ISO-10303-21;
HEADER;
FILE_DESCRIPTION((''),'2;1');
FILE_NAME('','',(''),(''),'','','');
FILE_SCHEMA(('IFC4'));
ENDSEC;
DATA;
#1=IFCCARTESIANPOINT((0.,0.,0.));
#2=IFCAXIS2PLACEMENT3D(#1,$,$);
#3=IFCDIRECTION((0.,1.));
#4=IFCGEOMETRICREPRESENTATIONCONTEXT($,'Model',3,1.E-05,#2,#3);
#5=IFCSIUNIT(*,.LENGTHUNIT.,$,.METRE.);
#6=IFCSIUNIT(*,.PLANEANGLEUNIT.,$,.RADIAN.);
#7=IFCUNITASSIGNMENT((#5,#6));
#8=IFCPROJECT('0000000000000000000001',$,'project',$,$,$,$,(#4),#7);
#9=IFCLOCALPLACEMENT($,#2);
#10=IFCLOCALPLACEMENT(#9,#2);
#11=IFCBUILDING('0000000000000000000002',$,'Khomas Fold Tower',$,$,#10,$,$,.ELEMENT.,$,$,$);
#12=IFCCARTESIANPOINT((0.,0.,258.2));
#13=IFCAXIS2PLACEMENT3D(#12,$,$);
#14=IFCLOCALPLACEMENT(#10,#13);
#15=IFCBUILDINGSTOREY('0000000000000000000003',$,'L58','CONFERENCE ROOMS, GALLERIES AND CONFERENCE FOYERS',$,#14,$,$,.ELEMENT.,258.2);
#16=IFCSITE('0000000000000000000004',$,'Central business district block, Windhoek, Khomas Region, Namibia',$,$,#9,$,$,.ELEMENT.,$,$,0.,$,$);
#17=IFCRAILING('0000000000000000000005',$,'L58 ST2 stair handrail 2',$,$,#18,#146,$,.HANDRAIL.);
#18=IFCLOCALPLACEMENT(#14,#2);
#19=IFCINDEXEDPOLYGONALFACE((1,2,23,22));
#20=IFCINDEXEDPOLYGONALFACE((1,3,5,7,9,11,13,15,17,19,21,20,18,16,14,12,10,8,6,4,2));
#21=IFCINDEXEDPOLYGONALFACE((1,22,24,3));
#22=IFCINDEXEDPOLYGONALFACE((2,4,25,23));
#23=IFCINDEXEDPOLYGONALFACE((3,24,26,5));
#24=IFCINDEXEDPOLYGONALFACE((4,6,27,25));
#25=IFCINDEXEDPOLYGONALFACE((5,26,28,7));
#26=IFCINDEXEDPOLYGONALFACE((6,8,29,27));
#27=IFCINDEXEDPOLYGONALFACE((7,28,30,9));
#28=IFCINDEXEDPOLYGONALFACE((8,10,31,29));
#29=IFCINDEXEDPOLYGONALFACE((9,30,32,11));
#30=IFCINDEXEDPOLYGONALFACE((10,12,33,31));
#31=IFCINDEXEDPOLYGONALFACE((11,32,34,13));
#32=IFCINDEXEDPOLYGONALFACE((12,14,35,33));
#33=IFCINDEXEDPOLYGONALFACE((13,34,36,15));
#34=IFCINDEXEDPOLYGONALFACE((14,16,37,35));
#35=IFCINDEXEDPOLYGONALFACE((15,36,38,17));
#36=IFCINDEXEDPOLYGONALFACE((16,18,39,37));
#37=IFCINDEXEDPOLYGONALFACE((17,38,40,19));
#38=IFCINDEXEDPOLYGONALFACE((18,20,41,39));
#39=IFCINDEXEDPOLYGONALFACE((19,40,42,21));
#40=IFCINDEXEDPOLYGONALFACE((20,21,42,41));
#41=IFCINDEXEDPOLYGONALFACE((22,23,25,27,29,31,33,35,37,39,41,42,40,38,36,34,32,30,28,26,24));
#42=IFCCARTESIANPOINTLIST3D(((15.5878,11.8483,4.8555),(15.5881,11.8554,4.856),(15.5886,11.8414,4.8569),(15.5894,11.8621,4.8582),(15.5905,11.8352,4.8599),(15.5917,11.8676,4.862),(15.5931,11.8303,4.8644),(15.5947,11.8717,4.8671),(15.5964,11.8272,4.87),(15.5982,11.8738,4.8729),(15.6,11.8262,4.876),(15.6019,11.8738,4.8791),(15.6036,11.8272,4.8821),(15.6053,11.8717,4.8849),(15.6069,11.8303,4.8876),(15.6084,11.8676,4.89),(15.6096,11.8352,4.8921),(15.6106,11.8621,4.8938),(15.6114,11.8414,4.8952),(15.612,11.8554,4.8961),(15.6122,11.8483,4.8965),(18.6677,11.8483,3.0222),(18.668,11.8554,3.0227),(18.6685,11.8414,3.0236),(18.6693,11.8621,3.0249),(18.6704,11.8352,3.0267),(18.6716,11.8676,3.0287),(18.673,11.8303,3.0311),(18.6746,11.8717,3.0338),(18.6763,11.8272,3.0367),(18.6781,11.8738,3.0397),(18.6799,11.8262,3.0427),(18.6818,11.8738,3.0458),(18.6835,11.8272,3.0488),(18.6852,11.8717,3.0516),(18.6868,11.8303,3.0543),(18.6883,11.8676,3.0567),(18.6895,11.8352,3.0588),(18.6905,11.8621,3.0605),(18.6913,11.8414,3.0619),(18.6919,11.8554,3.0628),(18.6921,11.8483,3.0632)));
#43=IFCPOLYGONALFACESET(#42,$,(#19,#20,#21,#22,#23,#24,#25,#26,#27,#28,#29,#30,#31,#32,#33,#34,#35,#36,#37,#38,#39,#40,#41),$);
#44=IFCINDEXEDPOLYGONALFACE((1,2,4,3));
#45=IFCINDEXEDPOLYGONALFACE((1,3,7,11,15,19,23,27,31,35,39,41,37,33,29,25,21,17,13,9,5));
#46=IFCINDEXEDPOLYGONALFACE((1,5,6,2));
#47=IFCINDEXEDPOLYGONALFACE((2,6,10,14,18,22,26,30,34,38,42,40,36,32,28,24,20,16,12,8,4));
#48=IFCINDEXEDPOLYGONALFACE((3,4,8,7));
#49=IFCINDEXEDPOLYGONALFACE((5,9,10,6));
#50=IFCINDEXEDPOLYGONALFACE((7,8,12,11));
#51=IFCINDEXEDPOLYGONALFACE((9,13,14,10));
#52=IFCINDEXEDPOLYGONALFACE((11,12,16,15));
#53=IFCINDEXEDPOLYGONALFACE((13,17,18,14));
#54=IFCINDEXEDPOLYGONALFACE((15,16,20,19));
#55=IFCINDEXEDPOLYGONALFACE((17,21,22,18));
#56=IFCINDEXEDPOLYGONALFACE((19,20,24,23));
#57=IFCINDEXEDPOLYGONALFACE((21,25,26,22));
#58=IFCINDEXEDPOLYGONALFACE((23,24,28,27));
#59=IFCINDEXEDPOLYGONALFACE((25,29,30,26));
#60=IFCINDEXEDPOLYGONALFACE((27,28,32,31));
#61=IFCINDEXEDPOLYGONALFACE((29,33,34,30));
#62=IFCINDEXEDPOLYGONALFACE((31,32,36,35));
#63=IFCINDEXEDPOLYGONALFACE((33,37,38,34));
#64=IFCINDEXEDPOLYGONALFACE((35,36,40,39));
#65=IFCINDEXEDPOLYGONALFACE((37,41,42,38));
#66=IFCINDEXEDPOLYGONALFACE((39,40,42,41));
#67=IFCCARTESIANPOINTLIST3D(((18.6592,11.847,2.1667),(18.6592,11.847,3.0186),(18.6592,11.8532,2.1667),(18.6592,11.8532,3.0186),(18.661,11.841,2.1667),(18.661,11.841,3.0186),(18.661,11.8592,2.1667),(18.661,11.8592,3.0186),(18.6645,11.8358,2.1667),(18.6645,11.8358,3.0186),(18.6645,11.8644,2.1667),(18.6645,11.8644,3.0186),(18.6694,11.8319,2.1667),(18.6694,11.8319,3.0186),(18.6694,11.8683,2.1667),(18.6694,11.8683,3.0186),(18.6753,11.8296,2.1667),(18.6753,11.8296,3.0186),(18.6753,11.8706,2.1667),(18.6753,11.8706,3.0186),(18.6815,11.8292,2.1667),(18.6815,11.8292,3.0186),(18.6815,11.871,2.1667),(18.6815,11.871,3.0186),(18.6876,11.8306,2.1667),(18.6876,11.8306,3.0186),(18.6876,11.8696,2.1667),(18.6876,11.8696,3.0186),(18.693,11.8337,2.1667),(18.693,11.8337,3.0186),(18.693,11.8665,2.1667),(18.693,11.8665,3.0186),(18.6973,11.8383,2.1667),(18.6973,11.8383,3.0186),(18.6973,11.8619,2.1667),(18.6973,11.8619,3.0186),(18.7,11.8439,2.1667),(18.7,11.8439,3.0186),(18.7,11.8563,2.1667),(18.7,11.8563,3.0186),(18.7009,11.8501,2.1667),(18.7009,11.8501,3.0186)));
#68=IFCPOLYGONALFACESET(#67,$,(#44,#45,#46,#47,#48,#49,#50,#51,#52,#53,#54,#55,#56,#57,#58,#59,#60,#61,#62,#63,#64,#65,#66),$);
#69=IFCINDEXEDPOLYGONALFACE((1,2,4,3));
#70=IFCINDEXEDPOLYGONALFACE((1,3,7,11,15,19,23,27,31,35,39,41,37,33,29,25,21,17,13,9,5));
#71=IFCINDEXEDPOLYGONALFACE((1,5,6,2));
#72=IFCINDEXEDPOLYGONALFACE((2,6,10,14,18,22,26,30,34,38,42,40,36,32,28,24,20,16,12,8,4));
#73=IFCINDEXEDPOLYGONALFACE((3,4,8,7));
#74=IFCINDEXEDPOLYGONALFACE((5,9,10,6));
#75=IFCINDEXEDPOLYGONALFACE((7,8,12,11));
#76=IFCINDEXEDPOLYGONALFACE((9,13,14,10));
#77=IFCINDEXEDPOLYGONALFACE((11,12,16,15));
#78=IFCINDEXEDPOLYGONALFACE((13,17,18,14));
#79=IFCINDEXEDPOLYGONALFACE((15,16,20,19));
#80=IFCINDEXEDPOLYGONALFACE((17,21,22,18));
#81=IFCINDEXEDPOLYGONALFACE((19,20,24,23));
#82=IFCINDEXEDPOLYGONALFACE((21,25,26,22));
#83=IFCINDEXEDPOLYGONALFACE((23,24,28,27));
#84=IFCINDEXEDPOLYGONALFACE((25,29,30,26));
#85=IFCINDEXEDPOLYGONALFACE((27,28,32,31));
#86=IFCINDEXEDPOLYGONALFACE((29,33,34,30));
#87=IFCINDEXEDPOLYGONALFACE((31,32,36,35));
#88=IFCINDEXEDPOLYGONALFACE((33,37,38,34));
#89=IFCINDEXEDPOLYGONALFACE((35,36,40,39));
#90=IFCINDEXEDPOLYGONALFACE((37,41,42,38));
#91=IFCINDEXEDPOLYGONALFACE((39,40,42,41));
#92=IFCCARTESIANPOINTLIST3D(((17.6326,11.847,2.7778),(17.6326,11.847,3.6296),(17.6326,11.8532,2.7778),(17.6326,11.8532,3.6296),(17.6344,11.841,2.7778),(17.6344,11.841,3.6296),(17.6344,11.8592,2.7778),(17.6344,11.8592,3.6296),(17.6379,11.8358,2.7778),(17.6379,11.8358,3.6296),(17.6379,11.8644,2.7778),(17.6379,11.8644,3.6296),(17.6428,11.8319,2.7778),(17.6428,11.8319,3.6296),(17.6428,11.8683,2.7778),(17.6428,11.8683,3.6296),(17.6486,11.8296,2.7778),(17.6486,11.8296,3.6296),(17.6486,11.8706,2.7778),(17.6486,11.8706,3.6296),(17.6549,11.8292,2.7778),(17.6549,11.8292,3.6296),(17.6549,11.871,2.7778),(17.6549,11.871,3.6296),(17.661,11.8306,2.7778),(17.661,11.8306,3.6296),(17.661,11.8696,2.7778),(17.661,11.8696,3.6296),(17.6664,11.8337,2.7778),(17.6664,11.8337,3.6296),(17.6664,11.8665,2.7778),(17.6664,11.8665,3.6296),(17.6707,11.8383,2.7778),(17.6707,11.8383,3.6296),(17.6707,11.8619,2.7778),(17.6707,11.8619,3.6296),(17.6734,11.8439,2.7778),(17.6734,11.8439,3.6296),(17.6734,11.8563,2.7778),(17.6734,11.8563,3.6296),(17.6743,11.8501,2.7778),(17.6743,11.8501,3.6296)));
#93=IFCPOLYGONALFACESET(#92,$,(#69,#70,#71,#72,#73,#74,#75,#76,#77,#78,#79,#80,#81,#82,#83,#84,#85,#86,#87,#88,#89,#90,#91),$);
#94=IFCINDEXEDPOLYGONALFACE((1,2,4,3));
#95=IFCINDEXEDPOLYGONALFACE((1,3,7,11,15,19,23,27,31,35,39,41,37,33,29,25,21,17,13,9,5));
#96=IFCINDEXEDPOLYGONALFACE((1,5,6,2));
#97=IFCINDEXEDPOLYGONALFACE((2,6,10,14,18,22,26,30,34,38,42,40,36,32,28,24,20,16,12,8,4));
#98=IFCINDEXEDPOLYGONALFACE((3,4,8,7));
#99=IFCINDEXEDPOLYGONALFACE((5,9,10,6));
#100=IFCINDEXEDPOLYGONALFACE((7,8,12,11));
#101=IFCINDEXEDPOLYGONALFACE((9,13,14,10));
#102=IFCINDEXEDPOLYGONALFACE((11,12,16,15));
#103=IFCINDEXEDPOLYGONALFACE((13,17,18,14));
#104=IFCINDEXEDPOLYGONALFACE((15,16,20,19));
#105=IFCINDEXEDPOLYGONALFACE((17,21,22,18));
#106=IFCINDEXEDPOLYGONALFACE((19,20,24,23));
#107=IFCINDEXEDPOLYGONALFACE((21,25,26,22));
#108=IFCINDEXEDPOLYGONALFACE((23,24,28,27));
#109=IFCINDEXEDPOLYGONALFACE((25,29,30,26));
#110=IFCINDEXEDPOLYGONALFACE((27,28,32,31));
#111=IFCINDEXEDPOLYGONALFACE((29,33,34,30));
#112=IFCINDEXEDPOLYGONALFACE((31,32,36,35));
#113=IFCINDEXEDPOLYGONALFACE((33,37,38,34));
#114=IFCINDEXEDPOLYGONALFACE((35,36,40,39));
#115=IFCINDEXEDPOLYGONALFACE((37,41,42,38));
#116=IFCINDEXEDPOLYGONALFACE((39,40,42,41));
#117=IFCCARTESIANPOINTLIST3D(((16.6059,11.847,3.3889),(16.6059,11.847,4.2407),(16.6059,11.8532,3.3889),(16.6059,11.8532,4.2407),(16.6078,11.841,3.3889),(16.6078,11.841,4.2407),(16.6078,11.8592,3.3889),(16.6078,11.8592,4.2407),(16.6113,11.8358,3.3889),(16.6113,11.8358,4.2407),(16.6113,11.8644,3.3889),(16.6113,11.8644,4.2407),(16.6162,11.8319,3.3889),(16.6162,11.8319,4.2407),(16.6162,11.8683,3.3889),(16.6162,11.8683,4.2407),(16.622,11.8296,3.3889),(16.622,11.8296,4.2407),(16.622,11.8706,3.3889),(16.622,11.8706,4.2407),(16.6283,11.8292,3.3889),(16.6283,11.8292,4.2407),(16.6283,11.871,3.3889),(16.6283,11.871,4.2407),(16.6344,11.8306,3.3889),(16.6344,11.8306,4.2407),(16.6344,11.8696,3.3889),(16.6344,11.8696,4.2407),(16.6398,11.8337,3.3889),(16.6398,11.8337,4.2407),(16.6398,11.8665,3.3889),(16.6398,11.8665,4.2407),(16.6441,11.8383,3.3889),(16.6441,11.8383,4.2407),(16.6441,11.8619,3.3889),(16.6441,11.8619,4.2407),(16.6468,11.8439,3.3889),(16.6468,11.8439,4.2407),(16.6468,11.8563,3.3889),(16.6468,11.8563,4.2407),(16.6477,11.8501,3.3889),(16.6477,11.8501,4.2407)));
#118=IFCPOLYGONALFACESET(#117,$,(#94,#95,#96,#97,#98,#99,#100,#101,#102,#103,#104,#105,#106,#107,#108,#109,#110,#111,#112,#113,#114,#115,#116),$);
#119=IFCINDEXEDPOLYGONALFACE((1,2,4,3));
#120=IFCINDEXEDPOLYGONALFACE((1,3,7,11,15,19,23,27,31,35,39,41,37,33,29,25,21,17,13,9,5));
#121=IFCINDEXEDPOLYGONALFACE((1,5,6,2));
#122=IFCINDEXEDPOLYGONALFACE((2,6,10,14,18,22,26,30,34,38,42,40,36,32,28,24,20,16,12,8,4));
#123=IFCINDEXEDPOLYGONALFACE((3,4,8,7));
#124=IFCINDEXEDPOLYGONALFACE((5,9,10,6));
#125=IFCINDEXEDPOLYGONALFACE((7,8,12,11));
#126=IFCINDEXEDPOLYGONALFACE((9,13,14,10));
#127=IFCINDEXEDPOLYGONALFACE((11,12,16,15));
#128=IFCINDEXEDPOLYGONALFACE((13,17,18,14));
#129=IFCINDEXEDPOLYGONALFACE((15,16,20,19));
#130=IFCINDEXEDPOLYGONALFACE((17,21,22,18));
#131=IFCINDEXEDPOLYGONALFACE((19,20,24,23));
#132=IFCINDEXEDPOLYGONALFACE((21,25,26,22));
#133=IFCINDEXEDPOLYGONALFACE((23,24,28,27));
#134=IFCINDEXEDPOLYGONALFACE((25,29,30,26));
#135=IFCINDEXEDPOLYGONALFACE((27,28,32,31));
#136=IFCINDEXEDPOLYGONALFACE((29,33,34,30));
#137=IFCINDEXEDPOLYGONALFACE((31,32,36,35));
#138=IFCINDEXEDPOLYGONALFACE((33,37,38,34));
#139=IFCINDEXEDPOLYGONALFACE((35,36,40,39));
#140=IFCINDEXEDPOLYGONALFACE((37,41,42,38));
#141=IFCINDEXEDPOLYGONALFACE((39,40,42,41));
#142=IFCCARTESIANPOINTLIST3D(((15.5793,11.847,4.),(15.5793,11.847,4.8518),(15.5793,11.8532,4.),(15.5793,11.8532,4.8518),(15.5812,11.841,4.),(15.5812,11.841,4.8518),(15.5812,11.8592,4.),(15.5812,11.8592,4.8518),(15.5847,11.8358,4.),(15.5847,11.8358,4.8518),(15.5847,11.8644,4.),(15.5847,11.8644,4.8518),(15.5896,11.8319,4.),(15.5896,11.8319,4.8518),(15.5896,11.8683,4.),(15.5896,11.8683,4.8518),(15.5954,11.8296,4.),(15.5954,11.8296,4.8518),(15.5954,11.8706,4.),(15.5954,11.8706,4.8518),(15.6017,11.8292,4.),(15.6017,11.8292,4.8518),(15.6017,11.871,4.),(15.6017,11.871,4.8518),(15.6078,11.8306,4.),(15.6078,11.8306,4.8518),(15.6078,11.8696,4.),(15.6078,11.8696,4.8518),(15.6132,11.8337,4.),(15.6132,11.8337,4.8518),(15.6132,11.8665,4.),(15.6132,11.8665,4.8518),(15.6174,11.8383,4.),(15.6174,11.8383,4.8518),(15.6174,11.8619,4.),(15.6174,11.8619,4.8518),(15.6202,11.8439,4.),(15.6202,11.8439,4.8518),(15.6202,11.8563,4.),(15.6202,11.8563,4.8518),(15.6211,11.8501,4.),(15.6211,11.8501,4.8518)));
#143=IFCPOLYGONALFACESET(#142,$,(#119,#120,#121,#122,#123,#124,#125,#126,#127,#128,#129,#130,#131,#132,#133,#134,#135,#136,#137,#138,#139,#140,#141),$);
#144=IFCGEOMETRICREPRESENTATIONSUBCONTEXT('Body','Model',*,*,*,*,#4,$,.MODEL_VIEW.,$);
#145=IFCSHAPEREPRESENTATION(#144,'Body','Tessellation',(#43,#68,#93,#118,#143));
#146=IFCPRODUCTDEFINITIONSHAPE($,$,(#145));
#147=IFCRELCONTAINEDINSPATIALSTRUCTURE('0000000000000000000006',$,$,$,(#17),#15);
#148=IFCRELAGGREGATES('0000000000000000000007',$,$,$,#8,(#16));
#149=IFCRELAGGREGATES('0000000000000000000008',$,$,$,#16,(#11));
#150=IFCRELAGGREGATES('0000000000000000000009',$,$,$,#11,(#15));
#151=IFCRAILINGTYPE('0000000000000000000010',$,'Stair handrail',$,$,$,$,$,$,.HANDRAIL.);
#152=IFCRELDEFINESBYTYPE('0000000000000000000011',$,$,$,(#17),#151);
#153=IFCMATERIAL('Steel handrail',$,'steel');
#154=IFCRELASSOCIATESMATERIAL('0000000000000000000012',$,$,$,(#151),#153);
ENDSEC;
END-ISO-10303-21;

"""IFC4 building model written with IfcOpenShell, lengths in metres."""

from ifc_helpers import new_model, si_unit, direction, frame, origin, origin_2d, place, context, subcontext, project, spatial, circle, extrude, source, transform, mapped, material, type_object, element, save


model = new_model("IFC4")

# Units and contexts
model_context = context("Model", 3, precision=1e-05, world=origin(), true_north=direction((0.0, 1.0)))
body_context = subcontext(model_context, "Body", "Model", "MODEL_VIEW")
ifc_project = project(units=[si_unit("LENGTHUNIT", "METRE"), si_unit("PLANEANGLEUNIT", "RADIAN")], contexts=[model_context])

# Site, building, storey
site_placement = place(None, origin())
site = spatial("IfcSite", under=ifc_project, at=site_placement, Name="Central business district block, Windhoek, Khomas Region, Namibia", CompositionType="ELEMENT", RefElevation=0.0)
building_placement = place(site_placement, origin())
building = spatial("IfcBuilding", under=site, at=building_placement, Name="Khomas Fold Tower", CompositionType="ELEMENT")
storey_placement = place(building_placement, frame((0.0, 0.0, 258.2)))
storey = spatial("IfcBuildingStorey", under=building, at=storey_placement, Name="L58", Description="CONFERENCE ROOMS, GALLERIES AND CONFERENCE FOYERS", CompositionType="ELEMENT", Elevation=258.2)

# Railing
ifc_material_1 = material(Name="Steel handrail", Category="steel")
railing_type_1 = type_object("IfcRailingType", Name="Stair handrail", PredefinedType="HANDRAIL", material=ifc_material_1)
shared_shape_1 = source(origin(), body_context, "Body", "SweptSolid", [
    extrude(circle(Radius=0.0239, at=origin_2d()), frame((0.0, 0.0, 0.876), z_axis=(-0.859291, 0.0, 0.511487), x_axis=(0.0, -1.0, 0.0)), (0.0, 0.0, 1.0), 3.5842),
    extrude(circle(Radius=0.021, at=origin_2d()), origin(), (0.0, 0.0, 1.0), 0.8518),
    extrude(circle(Radius=0.021, at=origin_2d()), frame((-1.0266, 0.0, 0.6111)), (0.0, 0.0, 1.0), 0.8518),
    extrude(circle(Radius=0.021, at=origin_2d()), frame((-2.0532, 0.0, 1.2222)), (0.0, 0.0, 1.0), 0.8518),
    extrude(circle(Radius=0.021, at=origin_2d()), frame((-3.0798, 0.0, 1.8333)), (0.0, 0.0, 1.0), 0.8518),
])
railing_1_placement = place(storey_placement, frame((18.6799, 11.8501, 2.1667)))
element("IfcRailing", 1, at=railing_1_placement, inside=storey, type_object=railing_type_1, Name="L58 ST2 stair handrail 2", PredefinedType="HANDRAIL", context=body_context, shape_type="MappedRepresentation", body=[
    mapped(shared_shape_1, transform((0.0, 0.0, 0.0))),
])

save(model, "model.ifc")
